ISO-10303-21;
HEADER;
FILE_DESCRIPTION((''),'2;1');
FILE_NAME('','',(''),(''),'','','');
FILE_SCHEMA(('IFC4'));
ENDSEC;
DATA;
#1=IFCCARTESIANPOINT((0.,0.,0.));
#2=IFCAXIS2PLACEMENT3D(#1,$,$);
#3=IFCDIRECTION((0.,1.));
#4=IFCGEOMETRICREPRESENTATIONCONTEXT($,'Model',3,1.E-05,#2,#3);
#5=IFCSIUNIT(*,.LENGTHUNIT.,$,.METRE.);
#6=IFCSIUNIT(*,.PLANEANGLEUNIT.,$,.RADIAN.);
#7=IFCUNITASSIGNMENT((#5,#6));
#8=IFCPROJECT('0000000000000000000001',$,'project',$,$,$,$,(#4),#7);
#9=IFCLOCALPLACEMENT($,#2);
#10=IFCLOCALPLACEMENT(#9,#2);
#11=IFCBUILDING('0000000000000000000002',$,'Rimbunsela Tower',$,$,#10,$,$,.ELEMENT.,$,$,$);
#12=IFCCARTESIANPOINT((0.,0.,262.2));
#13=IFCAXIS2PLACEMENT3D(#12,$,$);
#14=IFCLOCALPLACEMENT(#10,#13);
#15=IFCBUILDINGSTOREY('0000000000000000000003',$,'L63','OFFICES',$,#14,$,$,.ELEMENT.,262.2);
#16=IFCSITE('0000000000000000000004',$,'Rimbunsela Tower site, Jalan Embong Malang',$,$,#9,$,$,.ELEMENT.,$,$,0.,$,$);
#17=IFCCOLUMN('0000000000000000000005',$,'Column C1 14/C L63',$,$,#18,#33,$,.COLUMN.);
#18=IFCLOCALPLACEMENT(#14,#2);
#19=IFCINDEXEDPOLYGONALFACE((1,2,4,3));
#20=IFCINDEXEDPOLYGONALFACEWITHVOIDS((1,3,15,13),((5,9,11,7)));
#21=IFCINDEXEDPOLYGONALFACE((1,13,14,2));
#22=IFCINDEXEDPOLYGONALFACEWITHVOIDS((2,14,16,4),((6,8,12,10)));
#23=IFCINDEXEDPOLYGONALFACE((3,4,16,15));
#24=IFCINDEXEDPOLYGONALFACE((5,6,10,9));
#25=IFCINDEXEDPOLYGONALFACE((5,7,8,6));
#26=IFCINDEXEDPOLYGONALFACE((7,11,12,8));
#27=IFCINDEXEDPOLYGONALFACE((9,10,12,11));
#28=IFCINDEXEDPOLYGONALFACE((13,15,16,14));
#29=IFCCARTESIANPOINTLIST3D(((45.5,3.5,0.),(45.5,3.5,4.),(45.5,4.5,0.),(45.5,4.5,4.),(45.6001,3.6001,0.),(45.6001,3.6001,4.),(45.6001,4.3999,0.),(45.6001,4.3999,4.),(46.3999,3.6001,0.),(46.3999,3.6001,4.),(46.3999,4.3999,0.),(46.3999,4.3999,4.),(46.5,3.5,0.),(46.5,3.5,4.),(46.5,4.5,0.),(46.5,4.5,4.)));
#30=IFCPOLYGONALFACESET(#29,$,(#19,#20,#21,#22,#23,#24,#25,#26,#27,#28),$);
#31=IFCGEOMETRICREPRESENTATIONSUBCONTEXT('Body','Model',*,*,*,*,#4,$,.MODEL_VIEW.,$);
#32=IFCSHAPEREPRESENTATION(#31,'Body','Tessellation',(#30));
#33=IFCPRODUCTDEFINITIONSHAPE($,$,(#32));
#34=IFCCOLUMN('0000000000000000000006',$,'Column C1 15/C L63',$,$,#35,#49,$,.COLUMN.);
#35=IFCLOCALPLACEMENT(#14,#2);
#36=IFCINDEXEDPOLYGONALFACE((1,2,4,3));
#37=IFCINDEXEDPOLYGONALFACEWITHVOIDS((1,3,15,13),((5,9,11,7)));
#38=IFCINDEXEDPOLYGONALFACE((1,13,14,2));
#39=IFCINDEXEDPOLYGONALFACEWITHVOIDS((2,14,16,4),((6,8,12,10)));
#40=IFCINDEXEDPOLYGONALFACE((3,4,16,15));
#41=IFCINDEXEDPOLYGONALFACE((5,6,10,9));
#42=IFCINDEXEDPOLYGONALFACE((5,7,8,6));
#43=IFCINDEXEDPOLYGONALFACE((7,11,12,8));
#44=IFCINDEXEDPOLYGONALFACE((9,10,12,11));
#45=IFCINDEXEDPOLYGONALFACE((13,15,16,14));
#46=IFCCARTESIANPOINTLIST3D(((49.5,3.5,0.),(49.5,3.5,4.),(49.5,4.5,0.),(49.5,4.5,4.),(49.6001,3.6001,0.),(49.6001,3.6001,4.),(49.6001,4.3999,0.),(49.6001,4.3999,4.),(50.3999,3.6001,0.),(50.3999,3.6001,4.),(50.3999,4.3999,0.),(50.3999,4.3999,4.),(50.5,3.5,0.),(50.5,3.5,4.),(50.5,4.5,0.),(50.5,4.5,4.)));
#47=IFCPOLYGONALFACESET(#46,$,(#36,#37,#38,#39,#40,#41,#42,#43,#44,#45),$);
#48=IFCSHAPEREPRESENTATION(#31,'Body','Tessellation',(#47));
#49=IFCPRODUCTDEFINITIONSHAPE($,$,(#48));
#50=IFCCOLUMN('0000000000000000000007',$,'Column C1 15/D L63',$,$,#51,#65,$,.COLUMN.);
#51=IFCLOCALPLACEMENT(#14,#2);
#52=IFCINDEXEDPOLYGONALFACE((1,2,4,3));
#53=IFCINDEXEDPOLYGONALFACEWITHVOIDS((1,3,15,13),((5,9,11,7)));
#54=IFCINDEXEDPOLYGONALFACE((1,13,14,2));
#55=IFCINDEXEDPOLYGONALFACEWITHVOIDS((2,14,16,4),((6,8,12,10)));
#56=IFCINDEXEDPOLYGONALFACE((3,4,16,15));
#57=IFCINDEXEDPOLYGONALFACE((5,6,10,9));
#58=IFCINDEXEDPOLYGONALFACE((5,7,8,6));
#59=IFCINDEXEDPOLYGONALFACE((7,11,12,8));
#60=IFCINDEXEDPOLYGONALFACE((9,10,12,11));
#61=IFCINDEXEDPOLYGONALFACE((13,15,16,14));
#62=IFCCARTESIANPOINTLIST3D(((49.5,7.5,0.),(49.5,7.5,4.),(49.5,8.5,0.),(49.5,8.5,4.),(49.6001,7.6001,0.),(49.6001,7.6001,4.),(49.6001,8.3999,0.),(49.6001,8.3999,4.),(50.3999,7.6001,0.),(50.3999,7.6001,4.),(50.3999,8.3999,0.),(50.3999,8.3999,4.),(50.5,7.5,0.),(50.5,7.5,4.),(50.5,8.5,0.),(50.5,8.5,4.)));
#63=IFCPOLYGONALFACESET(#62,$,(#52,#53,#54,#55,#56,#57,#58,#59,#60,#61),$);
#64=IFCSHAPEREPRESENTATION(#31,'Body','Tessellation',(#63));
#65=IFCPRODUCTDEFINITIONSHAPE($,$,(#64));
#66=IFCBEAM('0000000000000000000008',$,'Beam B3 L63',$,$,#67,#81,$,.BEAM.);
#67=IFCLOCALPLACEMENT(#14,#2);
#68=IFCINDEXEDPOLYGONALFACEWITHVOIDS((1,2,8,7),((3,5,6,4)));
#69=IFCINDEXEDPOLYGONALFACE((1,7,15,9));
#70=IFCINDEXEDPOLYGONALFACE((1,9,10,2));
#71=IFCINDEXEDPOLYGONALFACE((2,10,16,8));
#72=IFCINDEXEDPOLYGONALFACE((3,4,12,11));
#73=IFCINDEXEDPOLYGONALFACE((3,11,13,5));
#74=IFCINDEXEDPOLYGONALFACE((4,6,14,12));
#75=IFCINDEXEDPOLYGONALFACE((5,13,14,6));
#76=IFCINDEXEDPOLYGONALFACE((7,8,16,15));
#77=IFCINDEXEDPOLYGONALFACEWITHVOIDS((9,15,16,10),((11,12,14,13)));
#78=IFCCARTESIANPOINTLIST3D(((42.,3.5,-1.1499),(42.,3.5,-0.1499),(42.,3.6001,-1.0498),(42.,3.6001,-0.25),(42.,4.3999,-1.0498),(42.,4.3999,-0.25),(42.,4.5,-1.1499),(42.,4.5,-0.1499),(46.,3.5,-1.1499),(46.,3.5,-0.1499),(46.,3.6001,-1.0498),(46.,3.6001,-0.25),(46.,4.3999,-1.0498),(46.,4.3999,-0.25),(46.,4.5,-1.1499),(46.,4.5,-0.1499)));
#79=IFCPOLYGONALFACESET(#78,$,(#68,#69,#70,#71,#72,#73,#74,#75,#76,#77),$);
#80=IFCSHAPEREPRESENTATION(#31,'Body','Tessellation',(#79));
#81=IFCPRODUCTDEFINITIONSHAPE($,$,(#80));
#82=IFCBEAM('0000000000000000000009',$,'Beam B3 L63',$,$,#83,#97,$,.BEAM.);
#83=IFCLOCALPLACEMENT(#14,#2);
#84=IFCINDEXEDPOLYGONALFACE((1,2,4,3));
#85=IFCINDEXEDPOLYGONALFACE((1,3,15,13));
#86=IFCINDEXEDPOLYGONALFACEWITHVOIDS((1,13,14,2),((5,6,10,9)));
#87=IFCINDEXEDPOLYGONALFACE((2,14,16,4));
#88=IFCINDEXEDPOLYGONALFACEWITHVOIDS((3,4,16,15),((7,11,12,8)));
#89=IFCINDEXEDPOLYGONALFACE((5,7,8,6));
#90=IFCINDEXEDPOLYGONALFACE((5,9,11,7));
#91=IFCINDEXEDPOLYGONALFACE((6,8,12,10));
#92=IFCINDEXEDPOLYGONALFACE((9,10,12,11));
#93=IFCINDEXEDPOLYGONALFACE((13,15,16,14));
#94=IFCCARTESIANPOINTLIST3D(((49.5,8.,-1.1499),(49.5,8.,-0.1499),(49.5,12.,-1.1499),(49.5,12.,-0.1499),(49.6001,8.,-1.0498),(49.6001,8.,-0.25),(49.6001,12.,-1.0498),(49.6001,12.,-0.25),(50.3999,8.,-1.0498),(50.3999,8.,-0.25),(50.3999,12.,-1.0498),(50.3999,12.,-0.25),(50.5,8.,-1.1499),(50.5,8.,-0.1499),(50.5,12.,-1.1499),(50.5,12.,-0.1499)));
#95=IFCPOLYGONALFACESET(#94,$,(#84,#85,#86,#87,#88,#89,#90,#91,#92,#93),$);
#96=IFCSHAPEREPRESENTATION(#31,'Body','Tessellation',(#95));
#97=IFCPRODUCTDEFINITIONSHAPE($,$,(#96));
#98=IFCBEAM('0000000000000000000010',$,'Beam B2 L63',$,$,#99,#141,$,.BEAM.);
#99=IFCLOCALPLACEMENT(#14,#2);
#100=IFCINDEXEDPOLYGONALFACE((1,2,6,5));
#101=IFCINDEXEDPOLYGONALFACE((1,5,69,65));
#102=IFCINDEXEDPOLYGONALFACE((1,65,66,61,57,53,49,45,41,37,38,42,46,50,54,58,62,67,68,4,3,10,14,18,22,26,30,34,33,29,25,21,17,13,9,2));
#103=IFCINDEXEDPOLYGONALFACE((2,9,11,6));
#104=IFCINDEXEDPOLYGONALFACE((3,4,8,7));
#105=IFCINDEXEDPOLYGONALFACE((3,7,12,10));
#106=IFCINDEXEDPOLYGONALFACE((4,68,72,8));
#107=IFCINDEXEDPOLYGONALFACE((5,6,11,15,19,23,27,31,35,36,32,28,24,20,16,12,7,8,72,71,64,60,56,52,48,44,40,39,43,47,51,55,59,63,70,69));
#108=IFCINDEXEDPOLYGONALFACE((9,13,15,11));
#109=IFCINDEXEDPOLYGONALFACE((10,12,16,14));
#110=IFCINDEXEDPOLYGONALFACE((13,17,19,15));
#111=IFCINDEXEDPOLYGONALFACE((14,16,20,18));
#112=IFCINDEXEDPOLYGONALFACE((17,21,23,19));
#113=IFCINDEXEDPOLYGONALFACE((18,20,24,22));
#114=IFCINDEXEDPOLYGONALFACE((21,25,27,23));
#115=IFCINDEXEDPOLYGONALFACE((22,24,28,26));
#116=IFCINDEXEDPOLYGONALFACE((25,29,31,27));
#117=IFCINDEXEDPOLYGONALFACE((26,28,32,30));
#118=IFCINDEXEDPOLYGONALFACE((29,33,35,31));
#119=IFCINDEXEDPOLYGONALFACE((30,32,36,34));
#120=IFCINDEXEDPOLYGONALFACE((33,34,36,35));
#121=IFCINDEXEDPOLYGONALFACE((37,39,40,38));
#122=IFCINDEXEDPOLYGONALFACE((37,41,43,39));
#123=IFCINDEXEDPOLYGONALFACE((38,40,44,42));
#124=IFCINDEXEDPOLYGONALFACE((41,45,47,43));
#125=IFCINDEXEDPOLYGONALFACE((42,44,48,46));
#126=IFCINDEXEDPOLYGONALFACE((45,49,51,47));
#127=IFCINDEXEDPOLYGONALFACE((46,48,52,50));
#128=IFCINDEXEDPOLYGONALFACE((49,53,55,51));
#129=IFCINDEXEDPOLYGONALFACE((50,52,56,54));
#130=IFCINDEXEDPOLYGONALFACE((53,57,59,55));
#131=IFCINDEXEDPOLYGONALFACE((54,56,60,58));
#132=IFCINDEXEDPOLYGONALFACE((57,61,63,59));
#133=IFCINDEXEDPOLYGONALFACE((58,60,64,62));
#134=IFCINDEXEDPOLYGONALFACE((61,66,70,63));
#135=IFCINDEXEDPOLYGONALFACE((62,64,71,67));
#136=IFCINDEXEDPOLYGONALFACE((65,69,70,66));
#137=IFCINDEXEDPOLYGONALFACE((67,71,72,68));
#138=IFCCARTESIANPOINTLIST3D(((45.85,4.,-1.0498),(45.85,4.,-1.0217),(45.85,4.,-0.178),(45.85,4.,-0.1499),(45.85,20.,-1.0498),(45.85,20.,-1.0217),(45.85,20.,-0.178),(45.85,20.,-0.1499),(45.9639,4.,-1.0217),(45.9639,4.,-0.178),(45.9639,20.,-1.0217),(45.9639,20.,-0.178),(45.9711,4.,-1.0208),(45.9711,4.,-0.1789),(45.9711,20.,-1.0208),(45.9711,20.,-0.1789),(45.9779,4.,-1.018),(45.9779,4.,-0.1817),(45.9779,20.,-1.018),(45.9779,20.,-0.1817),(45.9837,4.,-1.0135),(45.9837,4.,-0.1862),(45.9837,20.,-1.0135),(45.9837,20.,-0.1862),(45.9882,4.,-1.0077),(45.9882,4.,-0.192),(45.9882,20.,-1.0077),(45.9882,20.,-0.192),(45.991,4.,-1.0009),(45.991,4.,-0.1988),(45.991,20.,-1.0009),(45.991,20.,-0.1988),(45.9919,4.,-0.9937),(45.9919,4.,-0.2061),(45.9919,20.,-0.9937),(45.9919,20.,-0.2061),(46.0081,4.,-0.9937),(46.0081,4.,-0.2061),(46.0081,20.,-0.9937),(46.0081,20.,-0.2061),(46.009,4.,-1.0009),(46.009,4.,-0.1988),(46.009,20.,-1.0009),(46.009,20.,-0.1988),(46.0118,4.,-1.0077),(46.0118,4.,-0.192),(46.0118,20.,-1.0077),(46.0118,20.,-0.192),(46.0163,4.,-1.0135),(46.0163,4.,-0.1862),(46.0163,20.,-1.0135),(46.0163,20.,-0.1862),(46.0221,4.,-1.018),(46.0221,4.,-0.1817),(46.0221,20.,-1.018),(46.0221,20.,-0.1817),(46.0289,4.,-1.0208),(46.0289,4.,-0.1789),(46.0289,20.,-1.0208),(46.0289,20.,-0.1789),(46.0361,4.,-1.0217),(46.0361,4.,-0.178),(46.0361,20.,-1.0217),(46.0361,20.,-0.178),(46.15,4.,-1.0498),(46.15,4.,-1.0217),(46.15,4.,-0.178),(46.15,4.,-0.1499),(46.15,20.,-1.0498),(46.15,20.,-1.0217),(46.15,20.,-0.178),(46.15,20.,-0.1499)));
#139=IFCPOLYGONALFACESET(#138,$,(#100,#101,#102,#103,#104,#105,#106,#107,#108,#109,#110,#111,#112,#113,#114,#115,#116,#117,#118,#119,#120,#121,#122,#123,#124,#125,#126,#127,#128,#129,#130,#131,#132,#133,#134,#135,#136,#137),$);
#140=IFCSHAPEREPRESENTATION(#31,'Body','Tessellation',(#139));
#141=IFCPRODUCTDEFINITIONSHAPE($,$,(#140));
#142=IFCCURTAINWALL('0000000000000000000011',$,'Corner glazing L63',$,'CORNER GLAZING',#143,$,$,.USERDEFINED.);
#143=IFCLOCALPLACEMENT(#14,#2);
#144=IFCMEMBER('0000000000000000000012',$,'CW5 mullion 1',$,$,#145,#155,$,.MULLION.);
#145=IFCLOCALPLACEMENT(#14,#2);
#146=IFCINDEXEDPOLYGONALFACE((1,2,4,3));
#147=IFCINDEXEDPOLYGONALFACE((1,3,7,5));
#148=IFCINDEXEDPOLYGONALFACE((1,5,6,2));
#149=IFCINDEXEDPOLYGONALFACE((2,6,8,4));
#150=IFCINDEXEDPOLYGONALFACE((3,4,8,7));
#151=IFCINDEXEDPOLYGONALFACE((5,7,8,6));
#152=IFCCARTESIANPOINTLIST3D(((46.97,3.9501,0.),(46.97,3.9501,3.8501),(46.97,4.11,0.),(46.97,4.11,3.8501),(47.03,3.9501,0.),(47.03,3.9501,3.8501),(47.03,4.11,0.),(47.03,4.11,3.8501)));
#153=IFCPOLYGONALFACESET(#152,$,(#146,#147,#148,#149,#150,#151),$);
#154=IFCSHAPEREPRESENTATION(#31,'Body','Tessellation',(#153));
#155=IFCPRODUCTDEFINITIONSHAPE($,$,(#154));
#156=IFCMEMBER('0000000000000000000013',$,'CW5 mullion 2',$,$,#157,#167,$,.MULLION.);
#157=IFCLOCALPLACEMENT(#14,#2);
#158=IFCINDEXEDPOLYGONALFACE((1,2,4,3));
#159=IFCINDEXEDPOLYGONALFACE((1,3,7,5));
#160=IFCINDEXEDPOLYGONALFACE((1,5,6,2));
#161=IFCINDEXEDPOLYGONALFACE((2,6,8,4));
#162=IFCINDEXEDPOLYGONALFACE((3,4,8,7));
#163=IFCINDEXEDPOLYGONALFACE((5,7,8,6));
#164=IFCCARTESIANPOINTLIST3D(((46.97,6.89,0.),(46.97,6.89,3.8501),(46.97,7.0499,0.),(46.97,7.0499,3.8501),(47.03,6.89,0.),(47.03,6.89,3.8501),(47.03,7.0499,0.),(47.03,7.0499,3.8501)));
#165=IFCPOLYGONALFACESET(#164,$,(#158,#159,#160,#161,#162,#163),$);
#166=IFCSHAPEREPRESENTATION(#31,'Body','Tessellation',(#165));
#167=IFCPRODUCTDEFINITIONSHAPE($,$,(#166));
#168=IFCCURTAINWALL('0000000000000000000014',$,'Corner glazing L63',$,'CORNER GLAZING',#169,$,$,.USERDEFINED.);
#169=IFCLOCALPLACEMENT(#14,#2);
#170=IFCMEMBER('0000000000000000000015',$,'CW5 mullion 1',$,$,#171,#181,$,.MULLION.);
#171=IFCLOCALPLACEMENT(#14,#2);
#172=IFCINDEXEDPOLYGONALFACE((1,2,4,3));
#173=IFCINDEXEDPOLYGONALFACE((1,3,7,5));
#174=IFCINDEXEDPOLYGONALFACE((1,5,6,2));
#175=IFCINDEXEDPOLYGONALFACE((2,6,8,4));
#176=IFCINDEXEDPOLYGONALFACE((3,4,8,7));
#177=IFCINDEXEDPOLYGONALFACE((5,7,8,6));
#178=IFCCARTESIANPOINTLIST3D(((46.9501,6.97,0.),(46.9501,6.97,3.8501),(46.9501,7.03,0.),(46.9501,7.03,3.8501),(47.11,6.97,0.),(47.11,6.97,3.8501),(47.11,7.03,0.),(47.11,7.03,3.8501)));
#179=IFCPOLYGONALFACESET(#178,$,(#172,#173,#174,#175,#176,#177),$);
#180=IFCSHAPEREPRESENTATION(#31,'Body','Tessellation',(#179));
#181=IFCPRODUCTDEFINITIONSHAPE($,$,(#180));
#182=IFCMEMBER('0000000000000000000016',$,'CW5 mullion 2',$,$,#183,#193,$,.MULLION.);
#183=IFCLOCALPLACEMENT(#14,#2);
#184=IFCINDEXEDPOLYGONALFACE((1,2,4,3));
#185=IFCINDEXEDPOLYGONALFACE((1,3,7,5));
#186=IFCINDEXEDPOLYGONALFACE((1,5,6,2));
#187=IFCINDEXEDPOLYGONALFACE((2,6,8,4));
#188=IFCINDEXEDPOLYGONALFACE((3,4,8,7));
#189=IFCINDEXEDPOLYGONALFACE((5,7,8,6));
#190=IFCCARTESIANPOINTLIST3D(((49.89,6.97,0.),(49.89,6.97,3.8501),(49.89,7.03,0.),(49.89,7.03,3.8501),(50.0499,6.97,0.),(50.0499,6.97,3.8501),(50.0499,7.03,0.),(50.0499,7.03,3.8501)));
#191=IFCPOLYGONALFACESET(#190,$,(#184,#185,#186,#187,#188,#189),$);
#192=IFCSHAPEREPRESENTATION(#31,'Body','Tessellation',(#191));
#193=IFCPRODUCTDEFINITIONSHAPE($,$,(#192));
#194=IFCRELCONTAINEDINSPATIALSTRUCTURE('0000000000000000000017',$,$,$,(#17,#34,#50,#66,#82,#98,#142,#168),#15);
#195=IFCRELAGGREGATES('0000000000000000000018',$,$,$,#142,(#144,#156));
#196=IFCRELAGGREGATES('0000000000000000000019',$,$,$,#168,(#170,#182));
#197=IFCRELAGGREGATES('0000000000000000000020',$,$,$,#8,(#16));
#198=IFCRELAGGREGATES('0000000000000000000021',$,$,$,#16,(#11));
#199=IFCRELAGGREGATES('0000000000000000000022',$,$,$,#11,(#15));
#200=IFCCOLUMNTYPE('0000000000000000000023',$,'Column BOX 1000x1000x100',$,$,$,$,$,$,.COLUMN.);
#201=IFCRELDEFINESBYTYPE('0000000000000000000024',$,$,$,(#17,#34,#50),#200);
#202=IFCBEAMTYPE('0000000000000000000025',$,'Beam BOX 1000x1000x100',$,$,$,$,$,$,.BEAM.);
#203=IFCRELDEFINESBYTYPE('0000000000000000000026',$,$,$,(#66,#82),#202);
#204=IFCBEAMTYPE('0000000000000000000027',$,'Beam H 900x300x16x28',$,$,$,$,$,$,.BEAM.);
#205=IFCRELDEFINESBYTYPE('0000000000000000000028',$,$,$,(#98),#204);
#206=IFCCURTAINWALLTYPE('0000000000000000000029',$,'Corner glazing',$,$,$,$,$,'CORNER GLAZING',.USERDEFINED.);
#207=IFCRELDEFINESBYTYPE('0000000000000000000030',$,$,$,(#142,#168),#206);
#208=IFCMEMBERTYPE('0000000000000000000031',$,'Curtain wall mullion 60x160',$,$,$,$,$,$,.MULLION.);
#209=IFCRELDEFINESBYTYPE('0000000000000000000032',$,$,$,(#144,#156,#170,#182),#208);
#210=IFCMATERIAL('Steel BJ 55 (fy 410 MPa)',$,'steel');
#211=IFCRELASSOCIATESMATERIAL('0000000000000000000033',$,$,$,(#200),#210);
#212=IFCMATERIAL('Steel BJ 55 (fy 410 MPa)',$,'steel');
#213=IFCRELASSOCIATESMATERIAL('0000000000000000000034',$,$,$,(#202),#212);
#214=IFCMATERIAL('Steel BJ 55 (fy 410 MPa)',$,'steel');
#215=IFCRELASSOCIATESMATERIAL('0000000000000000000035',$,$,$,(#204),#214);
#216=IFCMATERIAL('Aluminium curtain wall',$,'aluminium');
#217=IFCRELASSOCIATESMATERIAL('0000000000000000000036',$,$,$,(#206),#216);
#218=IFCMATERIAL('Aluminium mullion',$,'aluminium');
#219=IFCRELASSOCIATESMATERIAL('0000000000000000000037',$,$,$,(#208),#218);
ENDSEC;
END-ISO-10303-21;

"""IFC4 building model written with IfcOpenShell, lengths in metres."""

from ifc_helpers import new_model, si_unit, direction, frame, origin, origin_2d, place, context, subcontext, project, spatial, rectangle, hollow_rectangle, i_section, extrude, material, material_profile, profile_set, type_object, element, aggregate, save


model = new_model("IFC4")

# Units and contexts
model_context = context("Model", 3, precision=1e-05, world=origin(), true_north=direction((0.0, 1.0)))
body_context = subcontext(model_context, "Body", "Model", "MODEL_VIEW")
ifc_project = project(units=[si_unit("LENGTHUNIT", "METRE"), si_unit("PLANEANGLEUNIT", "RADIAN")], contexts=[model_context])

# Site, building, storey
site_placement = place(None, origin())
site = spatial("IfcSite", under=ifc_project, at=site_placement, Name="Rimbunsela Tower site, Jalan Embong Malang", CompositionType="ELEMENT", RefElevation=0.0)
building_placement = place(site_placement, origin())
building = spatial("IfcBuilding", under=site, at=building_placement, Name="Rimbunsela Tower", CompositionType="ELEMENT")
storey_placement = place(building_placement, frame((0.0, 0.0, 262.2)))
storey = spatial("IfcBuildingStorey", under=building, at=storey_placement, Name="L63", Description="OFFICES", CompositionType="ELEMENT", Elevation=262.2)

# Columns
ifc_material_1 = material(Name="Steel BJ 55 (fy 410 MPa)", Category="steel")
ifc_material_profile_1 = material_profile(ifc_material_1, hollow_rectangle(XDim=1.0, YDim=1.0, WallThickness=0.1001, at=origin_2d()), Name="BOX 1000x1000x100")
ifc_profile_set_1 = profile_set([ifc_material_profile_1], Name="Steel BJ 55 (fy 410 MPa)")
column_type = type_object("IfcColumnType", Name="Column BOX 1000x1000x100", PredefinedType="COLUMN", material=ifc_profile_set_1)
for number, where, z_axis, x_axis, name in (
    (1, (46.0, 4.0, 0.0), (0.0, 0.0, 1.0), (1.0, 0.0, 0.0), "Column C1 14/C L63"),
    (2, (50.0, 4.0, 0.0), (0.0, 0.0, 1.0), (1.0, 0.0, 0.0), "Column C1 15/C L63"),
    (3, (50.0, 8.0, 0.0), (0.0, 0.0, 1.0), (1.0, 0.0, 0.0), "Column C1 15/D L63"),
):
    element("IfcColumn", number, at=place(storey_placement, frame(where, z_axis=z_axis, x_axis=x_axis)), inside=storey, type_object=column_type, Name=name, PredefinedType="COLUMN", context=body_context, shape_type="SweptSolid", body=[
        extrude(hollow_rectangle(XDim=1.0, YDim=1.0, WallThickness=0.1001, at=origin_2d()), origin(), (0.0, 0.0, 1.0), 4.0),
    ])

# Beams
ifc_material_2 = material(Name="Steel BJ 55 (fy 410 MPa)", Category="steel")
ifc_material_profile_2 = material_profile(ifc_material_2, hollow_rectangle(XDim=1.0, YDim=1.0, WallThickness=0.1001, at=origin_2d()), Name="BOX 1000x1000x100")
ifc_profile_set_2 = profile_set([ifc_material_profile_2], Name="Steel BJ 55 (fy 410 MPa)")
beam_type_1 = type_object("IfcBeamType", Name="Beam BOX 1000x1000x100", PredefinedType="BEAM", material=ifc_profile_set_2)
for number, where, z_axis, x_axis, name in (
    (4, (42.0, 4.0, -0.6499), (1.0, 0.0, 0.0), (0.0, 1.0, 0.0), "Beam B3 L63"),
    (5, (50.0, 8.0, -0.6499), (0.0, 1.0, 0.0), (-1.0, 0.0, 0.0), "Beam B3 L63"),
):
    element("IfcBeam", number, at=place(storey_placement, frame(where, z_axis=z_axis, x_axis=x_axis)), inside=storey, type_object=beam_type_1, Name=name, PredefinedType="BEAM", context=body_context, shape_type="SweptSolid", body=[
        extrude(hollow_rectangle(XDim=1.0, YDim=1.0, WallThickness=0.1001, at=origin_2d()), origin(), (0.0, 0.0, 1.0), 4.0),
    ])
ifc_material_3 = material(Name="Steel BJ 55 (fy 410 MPa)", Category="steel")
ifc_material_profile_3 = material_profile(ifc_material_3, i_section(OverallWidth=0.3, OverallDepth=0.8999, WebThickness=0.0161, FlangeThickness=0.0281, FilletRadius=0.0281, at=origin_2d()), Name="H 900x300x16x28")
ifc_profile_set_3 = profile_set([ifc_material_profile_3], Name="Steel BJ 55 (fy 410 MPa)")
beam_type_2 = type_object("IfcBeamType", Name="Beam H 900x300x16x28", PredefinedType="BEAM", material=ifc_profile_set_3)
beam_placement = place(storey_placement, frame((46.0, 4.0, -0.5999), z_axis=(0.0, 1.0, 0.0), x_axis=(-1.0, 0.0, 0.0)))
element("IfcBeam", 6, at=beam_placement, inside=storey, type_object=beam_type_2, Name="Beam B2 L63", PredefinedType="BEAM", context=body_context, shape_type="SweptSolid", body=[
    extrude(i_section(OverallWidth=0.3, OverallDepth=0.8999, WebThickness=0.0161, FlangeThickness=0.0281, FilletRadius=0.0281, at=origin_2d()), origin(), (0.0, 0.0, 1.0), 16.0),
])

# Curtain walls, members
ifc_material_4 = material(Name="Aluminium curtain wall", Category="aluminium")
curtain_wall_type = type_object("IfcCurtainWallType", Name="Corner glazing", ElementType="CORNER GLAZING", PredefinedType="USERDEFINED", material=ifc_material_4)
curtain_wall_1_placement = place(storey_placement, origin())
curtain_wall_1 = element("IfcCurtainWall", 7, at=curtain_wall_1_placement, inside=storey, type_object=curtain_wall_type, Name="Corner glazing L63", ObjectType="CORNER GLAZING", PredefinedType="USERDEFINED")
ifc_material_5 = material(Name="Aluminium mullion", Category="aluminium")
ifc_material_profile_4 = material_profile(ifc_material_5, rectangle(XDim=0.0601, YDim=0.1599, at=origin_2d()), Name="Mullion 60x160")
ifc_profile_set_4 = profile_set([ifc_material_profile_4], Name="Aluminium mullion")
member_type_1 = type_object("IfcMemberType", Name="Curtain wall mullion 60x160", PredefinedType="MULLION", material=ifc_profile_set_4)
member_1_placement = place(storey_placement, frame((47.0, 4.03, 0.0), z_axis=(0.0, 0.0, 1.0), x_axis=(-1.0, 0.0, 0.0)))
member_1 = element("IfcMember", 8, at=member_1_placement, type_object=member_type_1, Name="CW5 mullion 1", PredefinedType="MULLION", context=body_context, shape_type="SweptSolid", body=[
    extrude(rectangle(XDim=0.0601, YDim=0.1599, at=origin_2d()), origin(), (0.0, 0.0, 1.0), 3.8501),
])
member_2_placement = place(storey_placement, frame((47.0, 6.97, 0.0), z_axis=(0.0, 0.0, 1.0), x_axis=(-1.0, 0.0, 0.0)))
member_2 = element("IfcMember", 9, at=member_2_placement, type_object=member_type_1, Name="CW5 mullion 2", PredefinedType="MULLION", context=body_context, shape_type="SweptSolid", body=[
    extrude(rectangle(XDim=0.0601, YDim=0.1599, at=origin_2d()), origin(), (0.0, 0.0, 1.0), 3.8501),
])
curtain_wall_2_placement = place(storey_placement, origin())
curtain_wall_2 = element("IfcCurtainWall", 10, at=curtain_wall_2_placement, inside=storey, type_object=curtain_wall_type, Name="Corner glazing L63", ObjectType="CORNER GLAZING", PredefinedType="USERDEFINED")
member_3_placement = place(storey_placement, frame((47.03, 7.0, 0.0), z_axis=(0.0, 0.0, 1.0), x_axis=(0.0, 1.0, 0.0)))
member_3 = element("IfcMember", 11, at=member_3_placement, type_object=member_type_1, Name="CW5 mullion 1", PredefinedType="MULLION", context=body_context, shape_type="SweptSolid", body=[
    extrude(rectangle(XDim=0.0601, YDim=0.1599, at=origin_2d()), origin(), (0.0, 0.0, 1.0), 3.8501),
])
member_4_placement = place(storey_placement, frame((49.97, 7.0, 0.0), z_axis=(0.0, 0.0, 1.0), x_axis=(0.0, 1.0, 0.0)))
member_4 = element("IfcMember", 12, at=member_4_placement, type_object=member_type_1, Name="CW5 mullion 2", PredefinedType="MULLION", context=body_context, shape_type="SweptSolid", body=[
    extrude(rectangle(XDim=0.0601, YDim=0.1599, at=origin_2d()), origin(), (0.0, 0.0, 1.0), 3.8501),
])

aggregate(curtain_wall_1, [member_1, member_2])
aggregate(curtain_wall_2, [member_3, member_4])

save(model, "model.ifc")
